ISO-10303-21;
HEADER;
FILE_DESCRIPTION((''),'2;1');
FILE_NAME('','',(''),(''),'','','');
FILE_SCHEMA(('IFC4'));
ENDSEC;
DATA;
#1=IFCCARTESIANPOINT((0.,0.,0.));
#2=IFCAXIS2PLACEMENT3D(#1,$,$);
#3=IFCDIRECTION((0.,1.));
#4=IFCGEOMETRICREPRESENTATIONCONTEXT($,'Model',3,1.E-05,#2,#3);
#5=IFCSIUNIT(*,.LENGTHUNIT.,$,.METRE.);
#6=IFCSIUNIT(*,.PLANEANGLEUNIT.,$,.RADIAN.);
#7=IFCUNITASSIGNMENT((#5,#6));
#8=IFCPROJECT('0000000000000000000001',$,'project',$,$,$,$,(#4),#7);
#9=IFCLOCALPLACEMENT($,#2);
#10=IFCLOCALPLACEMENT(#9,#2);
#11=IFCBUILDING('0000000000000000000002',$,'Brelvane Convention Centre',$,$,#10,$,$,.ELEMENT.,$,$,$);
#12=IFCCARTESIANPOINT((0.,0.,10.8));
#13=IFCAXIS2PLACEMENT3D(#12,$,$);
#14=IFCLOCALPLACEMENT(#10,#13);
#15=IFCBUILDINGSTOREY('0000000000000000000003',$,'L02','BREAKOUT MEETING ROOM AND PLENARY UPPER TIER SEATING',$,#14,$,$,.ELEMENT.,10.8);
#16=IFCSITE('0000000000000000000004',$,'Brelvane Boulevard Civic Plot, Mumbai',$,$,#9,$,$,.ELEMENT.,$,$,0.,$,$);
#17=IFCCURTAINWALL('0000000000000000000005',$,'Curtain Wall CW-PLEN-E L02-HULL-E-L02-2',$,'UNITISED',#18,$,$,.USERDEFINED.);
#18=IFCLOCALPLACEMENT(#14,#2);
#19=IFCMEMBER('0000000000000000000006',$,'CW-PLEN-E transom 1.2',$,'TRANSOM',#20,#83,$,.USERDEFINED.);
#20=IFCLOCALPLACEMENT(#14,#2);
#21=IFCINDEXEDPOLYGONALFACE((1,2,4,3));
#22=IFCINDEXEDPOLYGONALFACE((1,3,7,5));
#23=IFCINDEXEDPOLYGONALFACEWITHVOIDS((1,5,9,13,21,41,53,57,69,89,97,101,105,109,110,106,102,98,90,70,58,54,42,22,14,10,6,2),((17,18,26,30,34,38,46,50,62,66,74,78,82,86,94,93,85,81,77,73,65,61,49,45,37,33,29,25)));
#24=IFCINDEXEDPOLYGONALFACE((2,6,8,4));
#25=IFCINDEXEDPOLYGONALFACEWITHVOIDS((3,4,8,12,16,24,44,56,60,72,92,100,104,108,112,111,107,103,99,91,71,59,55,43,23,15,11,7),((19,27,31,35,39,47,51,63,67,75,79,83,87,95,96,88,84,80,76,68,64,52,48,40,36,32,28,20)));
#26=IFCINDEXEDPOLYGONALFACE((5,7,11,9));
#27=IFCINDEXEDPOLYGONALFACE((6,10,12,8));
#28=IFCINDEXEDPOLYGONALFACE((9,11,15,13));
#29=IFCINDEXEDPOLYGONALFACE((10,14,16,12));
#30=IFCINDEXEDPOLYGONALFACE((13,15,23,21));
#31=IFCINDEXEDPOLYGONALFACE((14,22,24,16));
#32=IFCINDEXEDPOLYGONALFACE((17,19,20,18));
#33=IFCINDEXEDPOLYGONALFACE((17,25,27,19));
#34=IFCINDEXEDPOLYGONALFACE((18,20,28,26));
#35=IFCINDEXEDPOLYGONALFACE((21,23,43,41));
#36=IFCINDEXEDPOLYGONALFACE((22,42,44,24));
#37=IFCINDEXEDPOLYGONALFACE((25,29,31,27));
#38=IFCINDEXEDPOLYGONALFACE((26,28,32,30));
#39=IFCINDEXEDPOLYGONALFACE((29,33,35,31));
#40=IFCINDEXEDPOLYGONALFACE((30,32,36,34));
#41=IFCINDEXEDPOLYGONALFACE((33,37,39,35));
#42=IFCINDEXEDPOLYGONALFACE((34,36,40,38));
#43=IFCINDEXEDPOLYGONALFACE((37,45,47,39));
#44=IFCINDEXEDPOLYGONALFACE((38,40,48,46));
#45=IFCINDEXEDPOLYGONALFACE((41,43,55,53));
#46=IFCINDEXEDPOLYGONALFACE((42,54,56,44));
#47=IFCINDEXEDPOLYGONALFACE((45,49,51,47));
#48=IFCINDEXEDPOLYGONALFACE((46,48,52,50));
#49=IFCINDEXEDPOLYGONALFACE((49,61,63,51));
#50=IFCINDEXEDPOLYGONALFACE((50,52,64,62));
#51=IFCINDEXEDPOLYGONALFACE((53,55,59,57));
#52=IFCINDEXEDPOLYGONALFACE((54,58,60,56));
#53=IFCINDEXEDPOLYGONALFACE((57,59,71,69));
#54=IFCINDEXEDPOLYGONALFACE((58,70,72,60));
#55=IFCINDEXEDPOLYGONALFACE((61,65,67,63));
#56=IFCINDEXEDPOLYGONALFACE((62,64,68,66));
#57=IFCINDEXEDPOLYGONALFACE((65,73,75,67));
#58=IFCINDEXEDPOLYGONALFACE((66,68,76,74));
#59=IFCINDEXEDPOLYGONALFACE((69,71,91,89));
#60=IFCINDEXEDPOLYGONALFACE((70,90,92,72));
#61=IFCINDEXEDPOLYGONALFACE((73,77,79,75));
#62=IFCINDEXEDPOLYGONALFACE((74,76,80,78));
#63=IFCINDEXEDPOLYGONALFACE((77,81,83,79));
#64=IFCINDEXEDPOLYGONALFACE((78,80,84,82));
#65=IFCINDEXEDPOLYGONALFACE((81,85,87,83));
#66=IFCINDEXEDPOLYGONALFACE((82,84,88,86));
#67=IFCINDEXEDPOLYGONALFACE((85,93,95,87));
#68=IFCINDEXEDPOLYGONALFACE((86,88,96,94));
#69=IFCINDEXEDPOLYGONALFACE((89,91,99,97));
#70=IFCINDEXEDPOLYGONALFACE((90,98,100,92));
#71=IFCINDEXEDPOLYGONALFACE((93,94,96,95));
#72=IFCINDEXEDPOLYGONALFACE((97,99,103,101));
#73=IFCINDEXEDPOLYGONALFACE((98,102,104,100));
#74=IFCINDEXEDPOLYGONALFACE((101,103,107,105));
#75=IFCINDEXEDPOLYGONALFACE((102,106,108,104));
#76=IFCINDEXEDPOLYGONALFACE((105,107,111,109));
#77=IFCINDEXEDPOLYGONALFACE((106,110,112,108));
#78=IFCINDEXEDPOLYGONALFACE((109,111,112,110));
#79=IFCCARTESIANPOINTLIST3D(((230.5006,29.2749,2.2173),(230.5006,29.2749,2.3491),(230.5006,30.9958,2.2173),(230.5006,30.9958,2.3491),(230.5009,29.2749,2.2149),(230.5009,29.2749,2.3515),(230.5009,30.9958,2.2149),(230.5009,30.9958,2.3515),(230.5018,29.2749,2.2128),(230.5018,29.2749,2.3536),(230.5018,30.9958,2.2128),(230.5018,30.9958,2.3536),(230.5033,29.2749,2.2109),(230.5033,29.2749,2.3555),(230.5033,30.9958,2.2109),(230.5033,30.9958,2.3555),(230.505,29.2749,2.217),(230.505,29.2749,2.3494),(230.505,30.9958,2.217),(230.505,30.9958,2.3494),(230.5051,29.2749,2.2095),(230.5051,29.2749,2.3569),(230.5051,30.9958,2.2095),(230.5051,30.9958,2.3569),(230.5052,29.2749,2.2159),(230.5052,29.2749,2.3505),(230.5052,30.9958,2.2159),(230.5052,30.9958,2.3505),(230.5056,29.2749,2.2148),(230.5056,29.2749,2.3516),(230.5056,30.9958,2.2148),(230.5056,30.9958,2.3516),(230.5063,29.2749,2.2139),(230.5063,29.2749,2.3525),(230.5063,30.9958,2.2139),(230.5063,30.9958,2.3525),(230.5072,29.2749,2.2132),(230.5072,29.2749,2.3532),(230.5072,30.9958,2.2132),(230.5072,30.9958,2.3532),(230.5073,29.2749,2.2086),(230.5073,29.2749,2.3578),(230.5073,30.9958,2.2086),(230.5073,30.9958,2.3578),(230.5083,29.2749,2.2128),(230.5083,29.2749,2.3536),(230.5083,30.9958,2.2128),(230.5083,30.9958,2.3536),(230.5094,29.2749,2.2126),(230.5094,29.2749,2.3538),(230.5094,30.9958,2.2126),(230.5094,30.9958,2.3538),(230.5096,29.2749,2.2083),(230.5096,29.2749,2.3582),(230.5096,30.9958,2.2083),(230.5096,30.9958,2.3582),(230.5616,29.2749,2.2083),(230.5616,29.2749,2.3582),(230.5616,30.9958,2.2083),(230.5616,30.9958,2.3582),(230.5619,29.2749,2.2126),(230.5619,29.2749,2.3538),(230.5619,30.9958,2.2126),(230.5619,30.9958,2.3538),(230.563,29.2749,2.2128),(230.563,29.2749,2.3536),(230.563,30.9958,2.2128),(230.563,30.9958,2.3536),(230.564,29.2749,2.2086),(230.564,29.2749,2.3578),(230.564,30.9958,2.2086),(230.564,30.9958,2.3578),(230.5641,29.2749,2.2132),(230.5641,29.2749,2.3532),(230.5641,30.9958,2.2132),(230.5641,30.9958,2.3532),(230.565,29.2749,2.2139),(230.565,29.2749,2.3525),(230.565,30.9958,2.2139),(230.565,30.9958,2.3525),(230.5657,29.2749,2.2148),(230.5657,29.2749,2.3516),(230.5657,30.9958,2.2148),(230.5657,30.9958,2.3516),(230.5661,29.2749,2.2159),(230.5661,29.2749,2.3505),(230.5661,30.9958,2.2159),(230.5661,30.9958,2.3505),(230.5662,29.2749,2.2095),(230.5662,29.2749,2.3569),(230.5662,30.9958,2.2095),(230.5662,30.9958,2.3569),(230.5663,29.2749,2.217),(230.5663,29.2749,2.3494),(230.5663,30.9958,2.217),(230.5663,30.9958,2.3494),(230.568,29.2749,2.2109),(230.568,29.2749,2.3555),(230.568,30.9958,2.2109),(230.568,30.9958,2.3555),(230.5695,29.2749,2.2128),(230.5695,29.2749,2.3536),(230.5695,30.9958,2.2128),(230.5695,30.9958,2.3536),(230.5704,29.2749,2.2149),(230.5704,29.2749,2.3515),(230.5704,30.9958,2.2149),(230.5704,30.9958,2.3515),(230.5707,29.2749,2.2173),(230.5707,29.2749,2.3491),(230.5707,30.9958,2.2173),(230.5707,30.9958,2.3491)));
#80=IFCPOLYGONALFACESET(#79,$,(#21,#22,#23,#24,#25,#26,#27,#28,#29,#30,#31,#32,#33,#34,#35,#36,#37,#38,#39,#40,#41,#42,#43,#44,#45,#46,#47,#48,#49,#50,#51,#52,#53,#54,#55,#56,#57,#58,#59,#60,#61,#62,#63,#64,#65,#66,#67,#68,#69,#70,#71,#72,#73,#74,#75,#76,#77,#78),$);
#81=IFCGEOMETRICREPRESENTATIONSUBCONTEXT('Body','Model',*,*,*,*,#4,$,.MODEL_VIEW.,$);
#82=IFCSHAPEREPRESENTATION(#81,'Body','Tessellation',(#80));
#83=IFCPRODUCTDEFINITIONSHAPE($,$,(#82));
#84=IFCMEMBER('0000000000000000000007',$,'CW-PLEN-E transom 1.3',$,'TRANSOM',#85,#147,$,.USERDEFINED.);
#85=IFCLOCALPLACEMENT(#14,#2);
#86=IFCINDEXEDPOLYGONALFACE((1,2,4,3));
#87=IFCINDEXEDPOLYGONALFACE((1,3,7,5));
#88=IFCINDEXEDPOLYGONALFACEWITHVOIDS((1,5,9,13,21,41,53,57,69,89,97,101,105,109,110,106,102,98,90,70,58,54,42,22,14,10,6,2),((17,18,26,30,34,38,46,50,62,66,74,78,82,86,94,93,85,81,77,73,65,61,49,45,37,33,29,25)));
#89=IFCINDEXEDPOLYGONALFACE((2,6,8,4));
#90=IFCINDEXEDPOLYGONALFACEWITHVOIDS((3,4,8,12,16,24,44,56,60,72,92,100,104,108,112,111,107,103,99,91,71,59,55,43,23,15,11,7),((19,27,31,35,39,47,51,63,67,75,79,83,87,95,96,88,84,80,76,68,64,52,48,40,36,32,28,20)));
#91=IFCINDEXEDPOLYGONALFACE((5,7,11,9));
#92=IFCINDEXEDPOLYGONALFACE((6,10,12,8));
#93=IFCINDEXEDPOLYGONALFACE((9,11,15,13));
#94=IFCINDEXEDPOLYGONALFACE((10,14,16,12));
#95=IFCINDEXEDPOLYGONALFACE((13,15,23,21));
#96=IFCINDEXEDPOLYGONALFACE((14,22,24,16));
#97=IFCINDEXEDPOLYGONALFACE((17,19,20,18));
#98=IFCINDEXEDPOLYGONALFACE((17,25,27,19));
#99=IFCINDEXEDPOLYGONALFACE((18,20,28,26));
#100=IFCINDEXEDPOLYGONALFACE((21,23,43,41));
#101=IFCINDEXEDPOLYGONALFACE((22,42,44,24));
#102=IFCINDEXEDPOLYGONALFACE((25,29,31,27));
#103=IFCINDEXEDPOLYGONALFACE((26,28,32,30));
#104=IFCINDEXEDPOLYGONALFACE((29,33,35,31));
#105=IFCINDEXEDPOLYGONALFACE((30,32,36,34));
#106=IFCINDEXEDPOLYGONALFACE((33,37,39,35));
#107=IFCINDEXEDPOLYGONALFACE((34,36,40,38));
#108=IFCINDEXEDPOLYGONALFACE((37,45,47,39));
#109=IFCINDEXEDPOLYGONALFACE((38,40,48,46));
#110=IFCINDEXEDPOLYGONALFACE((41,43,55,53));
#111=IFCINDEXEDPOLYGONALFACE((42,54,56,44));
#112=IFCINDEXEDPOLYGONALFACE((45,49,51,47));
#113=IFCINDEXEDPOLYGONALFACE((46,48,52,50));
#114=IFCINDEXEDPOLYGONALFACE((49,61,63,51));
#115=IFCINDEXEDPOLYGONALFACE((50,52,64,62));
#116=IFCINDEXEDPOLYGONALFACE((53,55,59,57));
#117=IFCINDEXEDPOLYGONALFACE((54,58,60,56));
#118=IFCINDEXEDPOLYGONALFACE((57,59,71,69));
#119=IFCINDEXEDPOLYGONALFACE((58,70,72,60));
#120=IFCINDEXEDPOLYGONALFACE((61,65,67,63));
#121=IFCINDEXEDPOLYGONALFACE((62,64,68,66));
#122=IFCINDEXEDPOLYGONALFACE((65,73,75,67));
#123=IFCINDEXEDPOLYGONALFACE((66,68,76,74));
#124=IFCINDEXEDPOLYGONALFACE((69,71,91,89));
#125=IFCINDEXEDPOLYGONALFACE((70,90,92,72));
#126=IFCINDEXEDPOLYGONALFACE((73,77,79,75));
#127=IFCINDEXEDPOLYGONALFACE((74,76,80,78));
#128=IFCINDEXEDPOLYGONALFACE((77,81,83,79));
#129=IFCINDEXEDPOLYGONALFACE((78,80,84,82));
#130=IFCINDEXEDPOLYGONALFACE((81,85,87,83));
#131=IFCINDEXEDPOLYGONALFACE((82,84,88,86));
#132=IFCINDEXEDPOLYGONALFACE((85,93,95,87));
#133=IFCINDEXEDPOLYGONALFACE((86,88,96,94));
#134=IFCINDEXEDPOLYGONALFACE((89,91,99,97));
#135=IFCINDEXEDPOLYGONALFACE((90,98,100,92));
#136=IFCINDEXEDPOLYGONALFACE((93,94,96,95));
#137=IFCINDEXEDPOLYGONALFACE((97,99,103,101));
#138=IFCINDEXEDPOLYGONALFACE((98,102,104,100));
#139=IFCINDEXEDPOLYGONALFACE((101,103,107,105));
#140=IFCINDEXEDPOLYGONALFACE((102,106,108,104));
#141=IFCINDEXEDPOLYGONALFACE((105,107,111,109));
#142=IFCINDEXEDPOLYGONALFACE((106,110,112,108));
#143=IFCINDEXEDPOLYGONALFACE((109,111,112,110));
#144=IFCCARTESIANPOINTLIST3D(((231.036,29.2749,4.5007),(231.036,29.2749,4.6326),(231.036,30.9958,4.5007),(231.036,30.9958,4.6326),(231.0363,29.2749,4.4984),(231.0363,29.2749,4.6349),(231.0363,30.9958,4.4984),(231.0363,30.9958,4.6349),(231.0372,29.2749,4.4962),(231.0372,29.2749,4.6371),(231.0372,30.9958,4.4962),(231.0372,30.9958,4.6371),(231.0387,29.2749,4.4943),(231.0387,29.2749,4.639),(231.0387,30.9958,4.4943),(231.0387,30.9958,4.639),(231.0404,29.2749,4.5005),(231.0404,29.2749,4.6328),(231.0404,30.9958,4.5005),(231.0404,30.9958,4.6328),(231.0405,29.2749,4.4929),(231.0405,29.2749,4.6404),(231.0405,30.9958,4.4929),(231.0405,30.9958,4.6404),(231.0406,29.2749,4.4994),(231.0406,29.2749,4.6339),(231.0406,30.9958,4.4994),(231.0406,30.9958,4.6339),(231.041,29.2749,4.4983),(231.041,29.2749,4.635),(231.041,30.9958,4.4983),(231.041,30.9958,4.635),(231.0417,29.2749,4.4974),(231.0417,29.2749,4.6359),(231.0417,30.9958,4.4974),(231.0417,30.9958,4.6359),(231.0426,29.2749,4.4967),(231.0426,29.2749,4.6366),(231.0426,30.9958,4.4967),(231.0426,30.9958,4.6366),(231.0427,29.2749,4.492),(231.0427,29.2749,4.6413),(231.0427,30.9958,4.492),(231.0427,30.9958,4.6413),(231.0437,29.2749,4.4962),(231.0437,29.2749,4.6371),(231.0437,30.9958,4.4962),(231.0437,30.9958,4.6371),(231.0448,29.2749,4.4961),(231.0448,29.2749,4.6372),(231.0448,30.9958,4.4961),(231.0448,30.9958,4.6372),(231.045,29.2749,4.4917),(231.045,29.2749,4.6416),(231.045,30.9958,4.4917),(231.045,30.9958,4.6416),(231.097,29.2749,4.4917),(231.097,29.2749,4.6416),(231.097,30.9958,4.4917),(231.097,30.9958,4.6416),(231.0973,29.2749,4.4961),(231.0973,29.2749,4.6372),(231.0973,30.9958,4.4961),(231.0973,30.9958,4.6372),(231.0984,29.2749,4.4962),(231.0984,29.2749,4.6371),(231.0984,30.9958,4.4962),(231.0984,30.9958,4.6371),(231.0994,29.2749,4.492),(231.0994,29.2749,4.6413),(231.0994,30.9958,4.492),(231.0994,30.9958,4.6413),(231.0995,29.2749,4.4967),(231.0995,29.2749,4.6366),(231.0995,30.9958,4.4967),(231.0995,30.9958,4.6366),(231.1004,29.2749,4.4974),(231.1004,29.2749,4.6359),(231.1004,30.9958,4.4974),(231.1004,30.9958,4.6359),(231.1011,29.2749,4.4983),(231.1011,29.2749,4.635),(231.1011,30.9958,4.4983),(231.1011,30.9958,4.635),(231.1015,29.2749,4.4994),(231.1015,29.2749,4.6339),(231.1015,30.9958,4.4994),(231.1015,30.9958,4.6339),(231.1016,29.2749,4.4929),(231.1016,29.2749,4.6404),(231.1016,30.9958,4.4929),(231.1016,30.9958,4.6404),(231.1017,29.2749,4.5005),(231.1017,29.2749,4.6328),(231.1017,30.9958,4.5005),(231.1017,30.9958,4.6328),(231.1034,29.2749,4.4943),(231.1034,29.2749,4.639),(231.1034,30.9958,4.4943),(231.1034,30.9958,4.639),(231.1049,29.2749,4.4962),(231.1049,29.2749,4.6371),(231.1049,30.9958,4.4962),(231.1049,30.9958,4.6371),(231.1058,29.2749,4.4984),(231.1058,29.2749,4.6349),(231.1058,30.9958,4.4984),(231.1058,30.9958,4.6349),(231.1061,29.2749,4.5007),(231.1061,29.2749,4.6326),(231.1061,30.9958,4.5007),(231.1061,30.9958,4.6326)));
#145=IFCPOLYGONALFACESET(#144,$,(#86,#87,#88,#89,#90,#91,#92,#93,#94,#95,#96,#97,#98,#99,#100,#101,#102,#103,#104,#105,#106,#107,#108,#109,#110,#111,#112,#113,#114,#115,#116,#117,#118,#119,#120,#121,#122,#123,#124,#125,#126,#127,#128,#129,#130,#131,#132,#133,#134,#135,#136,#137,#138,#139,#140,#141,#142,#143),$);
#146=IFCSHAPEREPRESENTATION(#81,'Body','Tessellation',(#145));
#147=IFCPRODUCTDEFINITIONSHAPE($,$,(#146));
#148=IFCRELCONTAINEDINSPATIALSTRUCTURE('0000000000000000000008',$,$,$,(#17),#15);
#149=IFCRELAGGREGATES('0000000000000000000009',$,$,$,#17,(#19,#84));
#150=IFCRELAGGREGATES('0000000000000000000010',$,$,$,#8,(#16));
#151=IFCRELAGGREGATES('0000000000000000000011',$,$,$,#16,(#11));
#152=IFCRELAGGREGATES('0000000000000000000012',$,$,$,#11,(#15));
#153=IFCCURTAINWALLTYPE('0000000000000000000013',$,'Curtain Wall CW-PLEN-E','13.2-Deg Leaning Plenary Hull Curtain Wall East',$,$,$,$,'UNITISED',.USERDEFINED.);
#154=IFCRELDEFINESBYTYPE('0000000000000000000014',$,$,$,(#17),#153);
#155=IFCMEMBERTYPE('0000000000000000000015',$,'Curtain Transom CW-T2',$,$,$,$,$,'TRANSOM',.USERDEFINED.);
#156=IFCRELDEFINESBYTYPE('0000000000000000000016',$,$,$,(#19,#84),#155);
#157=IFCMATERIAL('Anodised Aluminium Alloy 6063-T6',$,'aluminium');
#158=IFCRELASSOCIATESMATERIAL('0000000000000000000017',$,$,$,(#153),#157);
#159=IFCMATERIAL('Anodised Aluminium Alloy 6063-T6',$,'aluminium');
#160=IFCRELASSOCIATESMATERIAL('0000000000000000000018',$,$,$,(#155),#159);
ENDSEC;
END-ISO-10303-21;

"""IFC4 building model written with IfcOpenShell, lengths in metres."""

from ifc_helpers import new_model, si_unit, direction, frame, origin, origin_2d, place, context, subcontext, project, spatial, hollow_rectangle, extrude, material, material_profile, profile_set, type_object, element, aggregate, save


model = new_model("IFC4")

# Units and contexts
model_context = context("Model", 3, precision=1e-05, world=origin(), true_north=direction((0.0, 1.0)))
body_context = subcontext(model_context, "Body", "Model", "MODEL_VIEW")
ifc_project = project(units=[si_unit("LENGTHUNIT", "METRE"), si_unit("PLANEANGLEUNIT", "RADIAN")], contexts=[model_context])

# Site, building, storey
site_placement = place(None, origin())
site = spatial("IfcSite", under=ifc_project, at=site_placement, Name="Brelvane Boulevard Civic Plot, Mumbai", CompositionType="ELEMENT", RefElevation=0.0)
building_placement = place(site_placement, origin())
building = spatial("IfcBuilding", under=site, at=building_placement, Name="Brelvane Convention Centre", CompositionType="ELEMENT")
storey_placement = place(building_placement, frame((0.0, 0.0, 10.8)))
storey = spatial("IfcBuildingStorey", under=building, at=storey_placement, Name="L02", Description="BREAKOUT MEETING ROOM AND PLENARY UPPER TIER SEATING", CompositionType="ELEMENT", Elevation=10.8)

# Curtain wall, members
ifc_material_1 = material(Name="Anodised Aluminium Alloy 6063-T6", Category="aluminium")
curtain_wall_type = type_object("IfcCurtainWallType", Name="Curtain Wall CW-PLEN-E", Description="13.2-Deg Leaning Plenary Hull Curtain Wall East", ElementType="UNITISED", PredefinedType="USERDEFINED", material=ifc_material_1)
ifc_material_2 = material(Name="Anodised Aluminium Alloy 6063-T6", Category="aluminium")
ifc_material_profile = material_profile(ifc_material_2, hollow_rectangle(XDim=0.0701, YDim=0.1499, WallThickness=0.0044, InnerFilletRadius=0.0044, OuterFilletRadius=0.009, at=origin_2d()), Name="ALU-T 150x70x4.5")
ifc_profile_set = profile_set([ifc_material_profile], Name="Anodised Aluminium Alloy 6063-T6")
member_type = type_object("IfcMemberType", Name="Curtain Transom CW-T2", ElementType="TRANSOM", PredefinedType="USERDEFINED", material=ifc_profile_set)
curtain_wall_1_placement = place(storey_placement, origin())
curtain_wall_1 = element("IfcCurtainWall", 1, at=curtain_wall_1_placement, inside=storey, type_object=curtain_wall_type, Name="Curtain Wall CW-PLEN-E L02-HULL-E-L02-2", ObjectType="UNITISED", PredefinedType="USERDEFINED")
member_1_placement = place(storey_placement, frame((230.5356, 29.2749, 2.2832), z_axis=(0.0, 1.0, 0.0), x_axis=(-1.0, 0.0, 0.0)))
member_1 = element("IfcMember", 2, at=member_1_placement, type_object=member_type, Name="CW-PLEN-E transom 1.2", ObjectType="TRANSOM", PredefinedType="USERDEFINED", context=body_context, shape_type="SweptSolid", body=[
    extrude(hollow_rectangle(XDim=0.0701, YDim=0.1499, WallThickness=0.0044, InnerFilletRadius=0.0044, OuterFilletRadius=0.009, at=origin_2d()), origin(), (0.0, 0.0, 1.0), 1.7209),
])
member_2_placement = place(storey_placement, frame((231.071, 29.2749, 4.5667), z_axis=(0.0, 1.0, 0.0), x_axis=(-1.0, 0.0, 0.0)))
member_2 = element("IfcMember", 3, at=member_2_placement, type_object=member_type, Name="CW-PLEN-E transom 1.3", ObjectType="TRANSOM", PredefinedType="USERDEFINED", context=body_context, shape_type="SweptSolid", body=[
    extrude(hollow_rectangle(XDim=0.0701, YDim=0.1499, WallThickness=0.0044, InnerFilletRadius=0.0044, OuterFilletRadius=0.009, at=origin_2d()), origin(), (0.0, 0.0, 1.0), 1.7209),
])

aggregate(curtain_wall_1, [member_1, member_2])

save(model, "model.ifc")
